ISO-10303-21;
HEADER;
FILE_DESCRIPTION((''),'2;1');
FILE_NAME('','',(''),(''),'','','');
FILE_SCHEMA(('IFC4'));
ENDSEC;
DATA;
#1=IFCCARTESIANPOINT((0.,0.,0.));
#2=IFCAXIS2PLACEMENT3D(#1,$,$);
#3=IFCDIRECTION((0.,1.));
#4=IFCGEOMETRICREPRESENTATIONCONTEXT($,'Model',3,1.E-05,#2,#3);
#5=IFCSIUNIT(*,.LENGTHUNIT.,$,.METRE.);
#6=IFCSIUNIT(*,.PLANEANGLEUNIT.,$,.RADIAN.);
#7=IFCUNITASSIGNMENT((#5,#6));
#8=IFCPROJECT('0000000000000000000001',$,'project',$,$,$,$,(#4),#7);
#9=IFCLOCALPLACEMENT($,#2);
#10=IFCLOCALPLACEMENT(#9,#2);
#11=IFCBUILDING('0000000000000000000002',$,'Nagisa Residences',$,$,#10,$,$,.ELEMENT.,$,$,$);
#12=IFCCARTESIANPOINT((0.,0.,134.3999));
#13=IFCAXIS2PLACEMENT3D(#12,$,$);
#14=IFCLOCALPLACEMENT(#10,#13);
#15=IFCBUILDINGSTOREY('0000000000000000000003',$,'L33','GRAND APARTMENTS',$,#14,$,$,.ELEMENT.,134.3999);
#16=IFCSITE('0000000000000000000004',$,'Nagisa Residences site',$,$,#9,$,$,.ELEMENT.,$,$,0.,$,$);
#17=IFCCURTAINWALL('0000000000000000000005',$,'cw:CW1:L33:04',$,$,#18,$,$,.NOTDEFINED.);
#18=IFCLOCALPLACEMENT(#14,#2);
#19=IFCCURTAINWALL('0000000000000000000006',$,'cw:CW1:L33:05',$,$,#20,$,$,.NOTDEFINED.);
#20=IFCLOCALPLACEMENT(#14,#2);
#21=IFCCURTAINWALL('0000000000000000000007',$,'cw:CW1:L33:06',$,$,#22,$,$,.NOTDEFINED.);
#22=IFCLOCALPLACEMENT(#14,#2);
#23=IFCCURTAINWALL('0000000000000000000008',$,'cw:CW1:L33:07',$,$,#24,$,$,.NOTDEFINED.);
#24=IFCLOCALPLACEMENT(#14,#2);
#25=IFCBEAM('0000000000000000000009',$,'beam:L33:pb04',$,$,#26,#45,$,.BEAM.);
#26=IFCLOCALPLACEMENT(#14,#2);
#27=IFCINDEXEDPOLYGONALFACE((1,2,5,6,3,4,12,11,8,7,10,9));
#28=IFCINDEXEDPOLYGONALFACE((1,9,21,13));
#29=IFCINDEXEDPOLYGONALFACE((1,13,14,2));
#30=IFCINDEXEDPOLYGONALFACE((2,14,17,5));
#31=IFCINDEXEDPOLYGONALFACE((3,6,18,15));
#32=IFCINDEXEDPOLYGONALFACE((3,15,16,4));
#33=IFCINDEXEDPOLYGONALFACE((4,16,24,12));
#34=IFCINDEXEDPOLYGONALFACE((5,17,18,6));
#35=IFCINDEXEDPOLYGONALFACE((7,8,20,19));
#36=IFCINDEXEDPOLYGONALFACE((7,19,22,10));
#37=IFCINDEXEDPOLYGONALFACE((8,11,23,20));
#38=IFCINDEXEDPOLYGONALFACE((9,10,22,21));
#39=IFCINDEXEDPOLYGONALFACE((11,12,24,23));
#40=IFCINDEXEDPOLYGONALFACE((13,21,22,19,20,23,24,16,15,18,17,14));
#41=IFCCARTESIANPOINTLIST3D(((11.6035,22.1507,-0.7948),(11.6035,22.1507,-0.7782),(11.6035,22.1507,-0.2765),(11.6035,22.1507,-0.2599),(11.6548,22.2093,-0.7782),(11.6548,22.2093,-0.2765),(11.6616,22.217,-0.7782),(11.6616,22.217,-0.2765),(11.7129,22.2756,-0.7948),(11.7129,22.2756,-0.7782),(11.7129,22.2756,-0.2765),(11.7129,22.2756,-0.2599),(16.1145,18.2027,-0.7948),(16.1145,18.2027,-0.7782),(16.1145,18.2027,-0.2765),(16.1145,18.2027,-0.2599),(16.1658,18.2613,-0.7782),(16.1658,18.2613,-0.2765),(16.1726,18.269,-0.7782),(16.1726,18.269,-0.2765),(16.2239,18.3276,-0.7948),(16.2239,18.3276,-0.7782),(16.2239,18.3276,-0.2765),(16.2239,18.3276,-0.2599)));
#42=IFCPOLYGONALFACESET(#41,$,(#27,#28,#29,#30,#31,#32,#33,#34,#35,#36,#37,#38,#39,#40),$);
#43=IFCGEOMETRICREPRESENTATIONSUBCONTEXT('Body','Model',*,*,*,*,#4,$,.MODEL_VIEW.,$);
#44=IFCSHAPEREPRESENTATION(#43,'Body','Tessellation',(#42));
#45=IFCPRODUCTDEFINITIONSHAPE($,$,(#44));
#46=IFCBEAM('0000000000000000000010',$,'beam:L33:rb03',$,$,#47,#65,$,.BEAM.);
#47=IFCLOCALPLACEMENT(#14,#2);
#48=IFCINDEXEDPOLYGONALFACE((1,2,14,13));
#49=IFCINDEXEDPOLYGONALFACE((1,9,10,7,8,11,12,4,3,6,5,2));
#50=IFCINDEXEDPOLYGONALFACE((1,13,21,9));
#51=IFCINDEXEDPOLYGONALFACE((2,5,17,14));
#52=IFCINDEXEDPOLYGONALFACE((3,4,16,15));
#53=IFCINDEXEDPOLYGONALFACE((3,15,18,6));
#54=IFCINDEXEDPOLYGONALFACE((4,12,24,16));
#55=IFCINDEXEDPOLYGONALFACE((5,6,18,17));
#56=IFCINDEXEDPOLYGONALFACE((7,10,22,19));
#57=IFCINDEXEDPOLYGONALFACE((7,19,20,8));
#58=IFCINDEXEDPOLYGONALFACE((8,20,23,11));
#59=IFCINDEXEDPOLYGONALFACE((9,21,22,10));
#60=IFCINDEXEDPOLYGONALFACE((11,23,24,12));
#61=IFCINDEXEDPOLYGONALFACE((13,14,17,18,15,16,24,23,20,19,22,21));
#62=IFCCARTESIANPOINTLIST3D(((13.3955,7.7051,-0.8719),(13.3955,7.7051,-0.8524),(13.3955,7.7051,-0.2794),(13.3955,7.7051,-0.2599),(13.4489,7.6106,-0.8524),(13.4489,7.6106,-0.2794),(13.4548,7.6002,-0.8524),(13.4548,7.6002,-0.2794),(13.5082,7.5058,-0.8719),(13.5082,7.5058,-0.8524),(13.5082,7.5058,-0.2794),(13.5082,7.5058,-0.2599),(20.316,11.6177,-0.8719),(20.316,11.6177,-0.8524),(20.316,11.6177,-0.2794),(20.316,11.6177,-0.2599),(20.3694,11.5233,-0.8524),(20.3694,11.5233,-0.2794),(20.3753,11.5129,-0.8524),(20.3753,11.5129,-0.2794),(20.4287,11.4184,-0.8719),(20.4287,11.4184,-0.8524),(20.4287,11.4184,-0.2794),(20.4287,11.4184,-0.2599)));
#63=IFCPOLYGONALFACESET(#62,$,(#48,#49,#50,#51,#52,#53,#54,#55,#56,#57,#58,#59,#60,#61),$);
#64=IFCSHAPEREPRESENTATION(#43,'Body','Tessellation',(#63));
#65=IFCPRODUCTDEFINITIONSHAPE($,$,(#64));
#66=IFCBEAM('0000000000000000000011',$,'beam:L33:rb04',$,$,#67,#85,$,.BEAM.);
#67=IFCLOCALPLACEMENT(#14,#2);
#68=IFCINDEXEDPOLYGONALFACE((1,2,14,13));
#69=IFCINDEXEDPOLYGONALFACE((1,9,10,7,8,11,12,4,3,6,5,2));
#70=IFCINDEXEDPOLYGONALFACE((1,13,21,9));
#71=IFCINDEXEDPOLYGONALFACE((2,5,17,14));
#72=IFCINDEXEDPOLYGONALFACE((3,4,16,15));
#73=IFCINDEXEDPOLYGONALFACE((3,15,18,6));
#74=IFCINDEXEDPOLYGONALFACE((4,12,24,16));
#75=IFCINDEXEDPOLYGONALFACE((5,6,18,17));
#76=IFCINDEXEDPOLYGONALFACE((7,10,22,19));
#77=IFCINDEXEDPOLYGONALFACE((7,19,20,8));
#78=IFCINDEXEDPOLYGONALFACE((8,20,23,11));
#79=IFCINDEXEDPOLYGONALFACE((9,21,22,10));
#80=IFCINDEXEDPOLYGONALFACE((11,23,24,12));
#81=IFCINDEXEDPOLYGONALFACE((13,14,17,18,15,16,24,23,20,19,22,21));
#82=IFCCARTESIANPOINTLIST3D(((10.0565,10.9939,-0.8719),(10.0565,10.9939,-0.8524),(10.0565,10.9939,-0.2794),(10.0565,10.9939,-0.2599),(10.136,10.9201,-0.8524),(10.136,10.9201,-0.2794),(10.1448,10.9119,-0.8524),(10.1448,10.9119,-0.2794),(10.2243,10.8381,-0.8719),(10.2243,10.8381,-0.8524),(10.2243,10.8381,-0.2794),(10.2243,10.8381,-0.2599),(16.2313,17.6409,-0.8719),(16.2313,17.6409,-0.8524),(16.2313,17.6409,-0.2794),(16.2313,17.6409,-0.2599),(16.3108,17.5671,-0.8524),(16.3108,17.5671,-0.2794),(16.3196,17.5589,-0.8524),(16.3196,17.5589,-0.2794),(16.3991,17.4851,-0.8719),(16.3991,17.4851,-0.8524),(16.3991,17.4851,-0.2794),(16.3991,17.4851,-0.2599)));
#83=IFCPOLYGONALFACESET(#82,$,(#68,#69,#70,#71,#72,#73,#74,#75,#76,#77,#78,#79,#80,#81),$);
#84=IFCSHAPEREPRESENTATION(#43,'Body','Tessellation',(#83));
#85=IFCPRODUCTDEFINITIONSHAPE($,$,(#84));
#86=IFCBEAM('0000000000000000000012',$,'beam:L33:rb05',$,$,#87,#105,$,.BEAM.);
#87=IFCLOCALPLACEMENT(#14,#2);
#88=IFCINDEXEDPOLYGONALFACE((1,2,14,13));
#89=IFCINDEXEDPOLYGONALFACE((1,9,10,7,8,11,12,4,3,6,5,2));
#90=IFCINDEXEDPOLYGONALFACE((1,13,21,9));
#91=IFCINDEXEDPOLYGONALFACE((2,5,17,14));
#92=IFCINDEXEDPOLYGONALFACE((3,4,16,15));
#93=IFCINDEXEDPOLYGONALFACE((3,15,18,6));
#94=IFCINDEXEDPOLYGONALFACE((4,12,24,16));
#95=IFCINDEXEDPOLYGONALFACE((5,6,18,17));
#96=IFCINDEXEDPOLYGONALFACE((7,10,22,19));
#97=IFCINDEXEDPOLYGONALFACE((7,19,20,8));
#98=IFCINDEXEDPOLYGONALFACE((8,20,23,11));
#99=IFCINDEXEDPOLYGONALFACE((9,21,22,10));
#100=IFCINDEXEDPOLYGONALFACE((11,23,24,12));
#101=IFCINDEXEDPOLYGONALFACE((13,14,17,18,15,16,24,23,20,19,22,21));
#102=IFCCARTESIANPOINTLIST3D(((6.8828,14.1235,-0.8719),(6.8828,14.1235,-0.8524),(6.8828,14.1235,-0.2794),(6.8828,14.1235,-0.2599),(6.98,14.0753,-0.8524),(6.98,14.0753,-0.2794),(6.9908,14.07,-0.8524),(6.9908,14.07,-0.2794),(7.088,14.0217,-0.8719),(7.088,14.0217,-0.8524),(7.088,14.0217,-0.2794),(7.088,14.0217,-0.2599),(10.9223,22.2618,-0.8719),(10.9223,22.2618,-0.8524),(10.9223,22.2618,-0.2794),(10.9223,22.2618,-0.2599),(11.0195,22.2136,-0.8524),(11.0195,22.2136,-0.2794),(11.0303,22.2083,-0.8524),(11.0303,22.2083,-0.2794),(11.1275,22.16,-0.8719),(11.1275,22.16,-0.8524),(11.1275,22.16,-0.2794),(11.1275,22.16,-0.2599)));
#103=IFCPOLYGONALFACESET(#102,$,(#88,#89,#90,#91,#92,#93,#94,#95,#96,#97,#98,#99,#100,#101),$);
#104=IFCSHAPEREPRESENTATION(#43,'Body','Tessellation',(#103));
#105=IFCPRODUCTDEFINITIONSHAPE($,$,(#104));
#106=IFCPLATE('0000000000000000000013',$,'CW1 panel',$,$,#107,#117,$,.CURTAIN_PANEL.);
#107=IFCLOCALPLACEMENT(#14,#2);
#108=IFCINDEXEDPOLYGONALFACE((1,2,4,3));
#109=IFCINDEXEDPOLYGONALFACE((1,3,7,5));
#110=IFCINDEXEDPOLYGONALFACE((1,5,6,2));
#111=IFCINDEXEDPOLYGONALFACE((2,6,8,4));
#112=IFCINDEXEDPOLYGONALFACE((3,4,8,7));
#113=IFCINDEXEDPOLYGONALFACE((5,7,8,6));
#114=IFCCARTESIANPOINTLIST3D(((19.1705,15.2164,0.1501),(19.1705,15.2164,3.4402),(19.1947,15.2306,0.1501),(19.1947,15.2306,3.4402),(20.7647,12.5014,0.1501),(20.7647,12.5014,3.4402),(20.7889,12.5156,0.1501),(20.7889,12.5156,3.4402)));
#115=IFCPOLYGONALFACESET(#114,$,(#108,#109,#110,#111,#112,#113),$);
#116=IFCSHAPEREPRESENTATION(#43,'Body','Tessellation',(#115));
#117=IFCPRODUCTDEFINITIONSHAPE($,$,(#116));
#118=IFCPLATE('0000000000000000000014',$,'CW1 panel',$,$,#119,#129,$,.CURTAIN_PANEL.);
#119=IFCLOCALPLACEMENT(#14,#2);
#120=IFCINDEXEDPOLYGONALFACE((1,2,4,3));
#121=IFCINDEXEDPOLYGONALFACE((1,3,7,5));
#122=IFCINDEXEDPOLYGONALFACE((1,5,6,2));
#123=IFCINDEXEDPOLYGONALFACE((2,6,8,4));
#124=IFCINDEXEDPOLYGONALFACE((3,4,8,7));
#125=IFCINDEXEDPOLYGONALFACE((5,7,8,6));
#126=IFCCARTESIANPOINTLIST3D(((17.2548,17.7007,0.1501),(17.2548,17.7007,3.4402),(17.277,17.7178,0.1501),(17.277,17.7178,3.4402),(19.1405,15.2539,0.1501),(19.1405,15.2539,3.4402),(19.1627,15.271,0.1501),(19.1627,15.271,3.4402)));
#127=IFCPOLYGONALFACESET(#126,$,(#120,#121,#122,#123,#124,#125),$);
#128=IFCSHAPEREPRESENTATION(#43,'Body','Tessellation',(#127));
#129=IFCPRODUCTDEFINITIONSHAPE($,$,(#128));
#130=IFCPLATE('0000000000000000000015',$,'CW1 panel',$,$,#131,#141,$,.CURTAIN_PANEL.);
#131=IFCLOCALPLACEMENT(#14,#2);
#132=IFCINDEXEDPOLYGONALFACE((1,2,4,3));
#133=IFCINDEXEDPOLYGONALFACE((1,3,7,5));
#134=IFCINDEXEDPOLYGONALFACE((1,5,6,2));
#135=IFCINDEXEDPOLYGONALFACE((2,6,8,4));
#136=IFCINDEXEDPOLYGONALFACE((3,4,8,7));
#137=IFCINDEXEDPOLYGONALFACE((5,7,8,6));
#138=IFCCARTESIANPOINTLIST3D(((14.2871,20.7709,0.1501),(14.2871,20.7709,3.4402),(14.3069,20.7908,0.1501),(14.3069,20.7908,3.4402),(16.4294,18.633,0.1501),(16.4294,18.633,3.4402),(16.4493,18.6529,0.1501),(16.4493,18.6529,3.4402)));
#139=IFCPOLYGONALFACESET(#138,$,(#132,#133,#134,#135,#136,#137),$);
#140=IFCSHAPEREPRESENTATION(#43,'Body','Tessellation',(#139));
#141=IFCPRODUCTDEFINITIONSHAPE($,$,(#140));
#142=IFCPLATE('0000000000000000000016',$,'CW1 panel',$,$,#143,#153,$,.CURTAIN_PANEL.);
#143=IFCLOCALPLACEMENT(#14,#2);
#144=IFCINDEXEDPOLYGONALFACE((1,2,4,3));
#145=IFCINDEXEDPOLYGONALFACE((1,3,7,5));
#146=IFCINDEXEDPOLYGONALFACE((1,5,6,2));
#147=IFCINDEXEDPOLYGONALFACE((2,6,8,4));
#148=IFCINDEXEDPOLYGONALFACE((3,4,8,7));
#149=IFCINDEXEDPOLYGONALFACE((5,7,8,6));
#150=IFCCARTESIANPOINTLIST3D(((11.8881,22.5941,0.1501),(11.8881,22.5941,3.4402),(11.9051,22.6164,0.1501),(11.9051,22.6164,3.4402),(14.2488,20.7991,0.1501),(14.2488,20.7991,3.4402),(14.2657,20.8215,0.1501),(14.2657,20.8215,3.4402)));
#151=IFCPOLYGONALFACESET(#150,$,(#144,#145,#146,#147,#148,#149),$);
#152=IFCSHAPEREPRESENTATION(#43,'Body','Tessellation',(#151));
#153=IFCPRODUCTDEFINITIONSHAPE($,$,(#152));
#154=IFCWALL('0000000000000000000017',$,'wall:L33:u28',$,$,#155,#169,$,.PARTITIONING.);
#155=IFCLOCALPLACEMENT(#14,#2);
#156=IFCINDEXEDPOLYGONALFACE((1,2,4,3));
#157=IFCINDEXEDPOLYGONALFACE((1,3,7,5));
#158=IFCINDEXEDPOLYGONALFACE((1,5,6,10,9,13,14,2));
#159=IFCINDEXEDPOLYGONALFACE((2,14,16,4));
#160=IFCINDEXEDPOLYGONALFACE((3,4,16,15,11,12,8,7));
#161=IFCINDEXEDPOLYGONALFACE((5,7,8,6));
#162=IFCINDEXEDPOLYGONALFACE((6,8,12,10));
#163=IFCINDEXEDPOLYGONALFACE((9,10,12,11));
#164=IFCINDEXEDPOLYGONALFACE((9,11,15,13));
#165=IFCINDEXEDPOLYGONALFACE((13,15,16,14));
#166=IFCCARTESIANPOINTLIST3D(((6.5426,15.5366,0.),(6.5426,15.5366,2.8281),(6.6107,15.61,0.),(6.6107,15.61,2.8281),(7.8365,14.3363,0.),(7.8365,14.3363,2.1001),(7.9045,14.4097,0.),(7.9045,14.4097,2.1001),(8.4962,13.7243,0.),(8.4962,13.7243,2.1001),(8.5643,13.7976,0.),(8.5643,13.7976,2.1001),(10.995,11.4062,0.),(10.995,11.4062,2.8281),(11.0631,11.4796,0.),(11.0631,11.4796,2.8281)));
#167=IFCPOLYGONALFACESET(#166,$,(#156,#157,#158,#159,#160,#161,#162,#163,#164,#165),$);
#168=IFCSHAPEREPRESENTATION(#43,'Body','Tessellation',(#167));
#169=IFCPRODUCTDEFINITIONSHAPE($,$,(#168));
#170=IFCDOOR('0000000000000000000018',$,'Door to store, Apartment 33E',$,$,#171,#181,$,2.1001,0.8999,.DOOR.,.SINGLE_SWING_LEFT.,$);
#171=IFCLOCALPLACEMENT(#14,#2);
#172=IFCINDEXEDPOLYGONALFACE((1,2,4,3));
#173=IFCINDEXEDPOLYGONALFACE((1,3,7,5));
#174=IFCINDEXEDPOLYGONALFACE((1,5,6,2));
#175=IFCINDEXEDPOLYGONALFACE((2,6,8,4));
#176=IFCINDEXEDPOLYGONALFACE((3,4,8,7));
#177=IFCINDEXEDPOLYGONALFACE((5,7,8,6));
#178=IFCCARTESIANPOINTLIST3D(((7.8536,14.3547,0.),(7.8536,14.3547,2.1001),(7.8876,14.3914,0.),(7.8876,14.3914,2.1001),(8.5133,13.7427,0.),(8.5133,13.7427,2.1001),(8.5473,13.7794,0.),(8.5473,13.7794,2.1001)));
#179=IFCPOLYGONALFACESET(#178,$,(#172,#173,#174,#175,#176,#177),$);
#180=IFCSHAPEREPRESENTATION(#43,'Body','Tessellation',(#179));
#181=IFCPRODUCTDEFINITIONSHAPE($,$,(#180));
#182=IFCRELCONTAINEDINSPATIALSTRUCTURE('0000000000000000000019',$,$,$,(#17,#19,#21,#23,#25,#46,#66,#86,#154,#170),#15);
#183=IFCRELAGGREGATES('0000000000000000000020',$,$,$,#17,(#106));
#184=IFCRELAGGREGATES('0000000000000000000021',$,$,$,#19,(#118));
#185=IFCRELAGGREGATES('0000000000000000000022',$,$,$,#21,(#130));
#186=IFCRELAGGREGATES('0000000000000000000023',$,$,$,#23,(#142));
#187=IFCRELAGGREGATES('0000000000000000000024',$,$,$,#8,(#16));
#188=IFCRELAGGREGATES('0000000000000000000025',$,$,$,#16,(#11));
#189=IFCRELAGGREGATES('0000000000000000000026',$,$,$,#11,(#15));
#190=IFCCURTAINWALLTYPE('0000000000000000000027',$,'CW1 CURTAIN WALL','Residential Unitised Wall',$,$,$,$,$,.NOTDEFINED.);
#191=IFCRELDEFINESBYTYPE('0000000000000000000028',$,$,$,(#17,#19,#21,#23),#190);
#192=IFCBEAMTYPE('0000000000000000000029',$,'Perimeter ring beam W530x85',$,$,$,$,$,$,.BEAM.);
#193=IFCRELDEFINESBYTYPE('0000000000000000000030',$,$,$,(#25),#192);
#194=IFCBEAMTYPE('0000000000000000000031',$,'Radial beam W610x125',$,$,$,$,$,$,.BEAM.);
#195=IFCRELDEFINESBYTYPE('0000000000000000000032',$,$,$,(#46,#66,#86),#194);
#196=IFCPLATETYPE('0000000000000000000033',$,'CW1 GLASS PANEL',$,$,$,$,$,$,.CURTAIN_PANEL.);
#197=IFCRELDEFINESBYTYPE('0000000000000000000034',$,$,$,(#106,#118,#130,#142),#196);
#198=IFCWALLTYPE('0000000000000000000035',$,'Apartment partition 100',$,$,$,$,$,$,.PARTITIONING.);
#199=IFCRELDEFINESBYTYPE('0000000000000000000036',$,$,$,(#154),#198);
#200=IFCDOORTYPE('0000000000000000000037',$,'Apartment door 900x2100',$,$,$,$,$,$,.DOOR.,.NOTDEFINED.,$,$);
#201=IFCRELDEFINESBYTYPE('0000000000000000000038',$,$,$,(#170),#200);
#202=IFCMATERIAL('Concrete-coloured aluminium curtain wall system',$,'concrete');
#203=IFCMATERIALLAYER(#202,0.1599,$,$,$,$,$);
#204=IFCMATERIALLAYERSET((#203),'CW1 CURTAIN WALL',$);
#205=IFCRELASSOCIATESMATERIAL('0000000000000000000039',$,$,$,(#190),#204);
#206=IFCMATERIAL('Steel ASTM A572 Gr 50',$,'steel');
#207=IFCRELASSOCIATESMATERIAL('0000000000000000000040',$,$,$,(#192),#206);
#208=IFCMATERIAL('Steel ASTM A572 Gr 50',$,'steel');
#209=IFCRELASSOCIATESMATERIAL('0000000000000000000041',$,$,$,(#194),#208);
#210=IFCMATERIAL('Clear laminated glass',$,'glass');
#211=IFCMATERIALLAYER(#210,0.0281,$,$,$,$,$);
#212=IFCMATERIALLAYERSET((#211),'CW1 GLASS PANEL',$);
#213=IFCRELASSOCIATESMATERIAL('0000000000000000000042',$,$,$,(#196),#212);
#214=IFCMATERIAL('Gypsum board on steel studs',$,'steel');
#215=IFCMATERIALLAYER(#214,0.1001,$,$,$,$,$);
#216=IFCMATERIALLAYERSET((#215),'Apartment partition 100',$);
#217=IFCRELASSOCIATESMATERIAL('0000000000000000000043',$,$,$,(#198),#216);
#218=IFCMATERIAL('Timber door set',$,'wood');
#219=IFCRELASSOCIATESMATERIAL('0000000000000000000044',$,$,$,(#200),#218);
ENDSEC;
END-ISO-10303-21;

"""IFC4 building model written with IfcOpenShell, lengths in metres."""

from ifc_helpers import new_model, si_unit, direction, frame, frame_2d, origin, origin_2d, place, context, subcontext, project, spatial, rectangle, i_section, extrude, material, layer, layer_set, material_profile, profile_set, type_object, element, fill, aggregate, save


model = new_model("IFC4")

# Units and contexts
model_context = context("Model", 3, precision=1e-05, world=origin(), true_north=direction((0.0, 1.0)))
body_context = subcontext(model_context, "Body", "Model", "MODEL_VIEW")
ifc_project = project(units=[si_unit("LENGTHUNIT", "METRE"), si_unit("PLANEANGLEUNIT", "RADIAN")], contexts=[model_context])

# Site, building, storey
site_placement = place(None, origin())
site = spatial("IfcSite", under=ifc_project, at=site_placement, Name="Nagisa Residences site", CompositionType="ELEMENT", RefElevation=0.0)
building_placement = place(site_placement, origin())
building = spatial("IfcBuilding", under=site, at=building_placement, Name="Nagisa Residences", CompositionType="ELEMENT")
storey_placement = place(building_placement, frame((0.0, 0.0, 134.3999)))
storey = spatial("IfcBuildingStorey", under=building, at=storey_placement, Name="L33", Description="GRAND APARTMENTS", CompositionType="ELEMENT", Elevation=134.3999)

# Curtain walls
ifc_material_1 = material(Name="Concrete-coloured aluminium curtain wall system", Category="concrete")
ifc_layer_1 = layer(ifc_material_1, 0.1599)
ifc_layer_set_1 = layer_set([ifc_layer_1], Name="CW1 CURTAIN WALL")
curtain_wall_type = type_object("IfcCurtainWallType", Name="CW1 CURTAIN WALL", Description="Residential Unitised Wall", PredefinedType="NOTDEFINED", material=ifc_layer_set_1)
curtain_wall_1_placement = place(storey_placement, origin())
curtain_wall_1 = element("IfcCurtainWall", 1, at=curtain_wall_1_placement, inside=storey, type_object=curtain_wall_type, Name="cw:CW1:L33:04", PredefinedType="NOTDEFINED")
curtain_wall_2_placement = place(storey_placement, origin())
curtain_wall_2 = element("IfcCurtainWall", 2, at=curtain_wall_2_placement, inside=storey, type_object=curtain_wall_type, Name="cw:CW1:L33:05", PredefinedType="NOTDEFINED")
curtain_wall_3_placement = place(storey_placement, origin())
curtain_wall_3 = element("IfcCurtainWall", 3, at=curtain_wall_3_placement, inside=storey, type_object=curtain_wall_type, Name="cw:CW1:L33:06", PredefinedType="NOTDEFINED")
curtain_wall_4_placement = place(storey_placement, origin())
curtain_wall_4 = element("IfcCurtainWall", 4, at=curtain_wall_4_placement, inside=storey, type_object=curtain_wall_type, Name="cw:CW1:L33:07", PredefinedType="NOTDEFINED")

# Beams
ifc_material_2 = material(Name="Steel ASTM A572 Gr 50", Category="steel")
ifc_material_profile_1 = material_profile(ifc_material_2, i_section(OverallWidth=0.166, OverallDepth=0.5349, WebThickness=0.0103, FlangeThickness=0.0166, at=origin_2d()), Name="W530x85")
ifc_profile_set_1 = profile_set([ifc_material_profile_1], Name="Steel ASTM A572 Gr 50")
beam_type_1 = type_object("IfcBeamType", Name="Perimeter ring beam W530x85", PredefinedType="BEAM", material=ifc_profile_set_1)
beam_1_placement = place(storey_placement, frame((16.1692, 18.2651, -0.5273), z_axis=(-0.752504, 0.658588, 0.0), x_axis=(-0.658588, -0.752504, 0.0)))
element("IfcBeam", 5, at=beam_1_placement, inside=storey, type_object=beam_type_1, Name="beam:L33:pb04", PredefinedType="BEAM", context=body_context, shape_type="SweptSolid", body=[
    extrude(i_section(OverallWidth=0.166, OverallDepth=0.5349, WebThickness=0.0103, FlangeThickness=0.0166, at=origin_2d()), origin(), (0.0, 0.0, 1.0), 5.9946),
])
ifc_material_3 = material(Name="Steel ASTM A572 Gr 50", Category="steel")
ifc_material_profile_2 = material_profile(ifc_material_3, i_section(OverallWidth=0.229, OverallDepth=0.6121, WebThickness=0.012, FlangeThickness=0.0195, at=origin_2d()), Name="W610x125")
ifc_profile_set_2 = profile_set([ifc_material_profile_2], Name="Steel ASTM A572 Gr 50")
beam_type_2 = type_object("IfcBeamType", Name="Radial beam W610x125", PredefinedType="BEAM", material=ifc_profile_set_2)
beam_2_placement = place(storey_placement, frame((20.3723, 11.5181, -0.5659), z_axis=(-0.870506, -0.492158, 0.0), x_axis=(0.492158, -0.870506, 0.0)))
element("IfcBeam", 6, at=beam_2_placement, inside=storey, type_object=beam_type_2, Name="beam:L33:rb03", PredefinedType="BEAM", context=body_context, shape_type="SweptSolid", body=[
    extrude(i_section(OverallWidth=0.229, OverallDepth=0.6121, WebThickness=0.012, FlangeThickness=0.0195, at=origin_2d()), origin(), (0.0, 0.0, 1.0), 7.95),
])
beam_3_placement = place(storey_placement, frame((16.3152, 17.563, -0.5659), z_axis=(-0.680606, -0.73265, 0.0), x_axis=(0.73265, -0.680606, 0.0)))
element("IfcBeam", 7, at=beam_3_placement, inside=storey, type_object=beam_type_2, Name="beam:L33:rb04", PredefinedType="BEAM", context=body_context, shape_type="SweptSolid", body=[
    extrude(i_section(OverallWidth=0.229, OverallDepth=0.6121, WebThickness=0.012, FlangeThickness=0.0195, at=origin_2d()), origin(), (0.0, 0.0, 1.0), 9.0725),
])
beam_4_placement = place(storey_placement, frame((11.0249, 22.2109, -0.5659), z_axis=(-0.4446, -0.895729, 0.0), x_axis=(0.895729, -0.4446, 0.0)))
element("IfcBeam", 8, at=beam_4_placement, inside=storey, type_object=beam_type_2, Name="beam:L33:rb05", PredefinedType="BEAM", context=body_context, shape_type="SweptSolid", body=[
    extrude(i_section(OverallWidth=0.229, OverallDepth=0.6121, WebThickness=0.012, FlangeThickness=0.0195, at=origin_2d()), origin(), (0.0, 0.0, 1.0), 9.0857),
])

# Plates
ifc_material_4 = material(Name="Clear laminated glass", Category="glass")
ifc_layer_2 = layer(ifc_material_4, 0.0281)
ifc_layer_set_2 = layer_set([ifc_layer_2], Name="CW1 GLASS PANEL")
plate_type = type_object("IfcPlateType", Name="CW1 GLASS PANEL", PredefinedType="CURTAIN_PANEL", material=ifc_layer_set_2)
plate_1_placement = place(storey_placement, frame((19.9797, 13.866, 0.1501), z_axis=(0.0, 0.0, 1.0), x_axis=(-0.506349, 0.862329, 0.0)))
plate_1 = element("IfcPlate", 9, at=plate_1_placement, type_object=plate_type, Name="CW1 panel", PredefinedType="CURTAIN_PANEL", context=body_context, shape_type="SweptSolid", body=[
    extrude(rectangle(XDim=3.1484, YDim=0.0281, at=origin_2d()), origin(), (0.0, 0.0, 1.0), 3.29),
])
aggregate(curtain_wall_1, [plate_1])
plate_2_placement = place(storey_placement, frame((18.2087, 16.4858, 0.1501), z_axis=(0.0, 0.0, 1.0), x_axis=(-0.61043, 0.79207, 0.0)))
plate_2 = element("IfcPlate", 10, at=plate_2_placement, type_object=plate_type, Name="CW1 panel", PredefinedType="CURTAIN_PANEL", context=body_context, shape_type="SweptSolid", body=[
    extrude(rectangle(XDim=3.0891, YDim=0.0281, at=origin_2d()), origin(), (0.0, 0.0, 1.0), 3.29),
])
aggregate(curtain_wall_2, [plate_2])
plate_3_placement = place(storey_placement, frame((15.3682, 19.7119, 0.1501), z_axis=(0.0, 0.0, 1.0), x_axis=(-0.707836, 0.706377, 0.0)))
plate_3 = element("IfcPlate", 11, at=plate_3_placement, type_object=plate_type, Name="CW1 panel", PredefinedType="CURTAIN_PANEL", context=body_context, shape_type="SweptSolid", body=[
    extrude(rectangle(XDim=3.0266, YDim=0.0281, at=origin_2d()), origin(), (0.0, 0.0, 1.0), 3.29),
])
aggregate(curtain_wall_3, [plate_3])
plate_4_placement = place(storey_placement, frame((13.0769, 21.7078, 0.1501), z_axis=(0.0, 0.0, 1.0), x_axis=(-0.796031, 0.605255, 0.0)))
plate_4 = element("IfcPlate", 12, at=plate_4_placement, type_object=plate_type, Name="CW1 panel", PredefinedType="CURTAIN_PANEL", context=body_context, shape_type="SweptSolid", body=[
    extrude(rectangle(XDim=2.9656, YDim=0.0281, at=origin_2d()), origin(), (0.0, 0.0, 1.0), 3.29),
])
aggregate(curtain_wall_4, [plate_4])

# Wall, opening, door
ifc_material_5 = material(Name="Gypsum board on steel studs", Category="steel")
ifc_layer_3 = layer(ifc_material_5, 0.1001)
ifc_layer_set_3 = layer_set([ifc_layer_3], Name="Apartment partition 100")
wall_type = type_object("IfcWallType", Name="Apartment partition 100", PredefinedType="PARTITIONING", material=ifc_layer_set_3)
wall_1_placement = place(storey_placement, frame((11.0291, 11.4429, 0.0), z_axis=(0.0, 0.0, 1.0), x_axis=(-0.733121, 0.680098, 0.0)))
wall_1 = element("IfcWall", 13, at=wall_1_placement, inside=storey, type_object=wall_type, Name="wall:L33:u28", PredefinedType="PARTITIONING", context=body_context, shape_type="SweptSolid", body=[
    extrude(rectangle(XDim=6.0732, YDim=0.1001, at=frame_2d((3.0366, 0.0))), origin(), (0.0, 0.0, 1.0), 2.8281),
])
opening_placement = place(wall_1_placement, frame((3.4084, 0.0, 0.0)))
opening = element("IfcOpeningElement", 14, at=opening_placement, cuts=wall_1, PredefinedType="OPENING", context=body_context, shape_type="SweptSolid", body=[
    extrude(rectangle(XDim=0.8999, YDim=2.1001, at=frame_2d((0.45, 1.05))), frame((0.0, 0.0601, 0.0), z_axis=(0.0, -1.0, 0.0), x_axis=(1.0, 0.0, 0.0)), (0.0, 0.0, 1.0), 0.1201),
])
ifc_material_6 = material(Name="Timber door set", Category="wood")
door_type = type_object("IfcDoorType", Name="Apartment door 900x2100", OperationType="NOTDEFINED", PredefinedType="DOOR", material=ifc_material_6)
door_placement = place(opening_placement, origin())
door = element("IfcDoor", 15, at=door_placement, inside=storey, type_object=door_type, Name="Door to store, Apartment 33E", OperationType="SINGLE_SWING_LEFT", OverallHeight=2.1001, OverallWidth=0.8999, PredefinedType="DOOR", context=body_context, shape_type="SweptSolid", body=[
    extrude(rectangle(XDim=0.8999, YDim=2.1001, at=frame_2d((0.45, 1.05))), frame((0.0, 0.0249, 0.0), z_axis=(0.0, -1.0, 0.0), x_axis=(1.0, 0.0, 0.0)), (0.0, 0.0, 1.0), 0.05),
])
fill(opening, door)

save(model, "model.ifc")
